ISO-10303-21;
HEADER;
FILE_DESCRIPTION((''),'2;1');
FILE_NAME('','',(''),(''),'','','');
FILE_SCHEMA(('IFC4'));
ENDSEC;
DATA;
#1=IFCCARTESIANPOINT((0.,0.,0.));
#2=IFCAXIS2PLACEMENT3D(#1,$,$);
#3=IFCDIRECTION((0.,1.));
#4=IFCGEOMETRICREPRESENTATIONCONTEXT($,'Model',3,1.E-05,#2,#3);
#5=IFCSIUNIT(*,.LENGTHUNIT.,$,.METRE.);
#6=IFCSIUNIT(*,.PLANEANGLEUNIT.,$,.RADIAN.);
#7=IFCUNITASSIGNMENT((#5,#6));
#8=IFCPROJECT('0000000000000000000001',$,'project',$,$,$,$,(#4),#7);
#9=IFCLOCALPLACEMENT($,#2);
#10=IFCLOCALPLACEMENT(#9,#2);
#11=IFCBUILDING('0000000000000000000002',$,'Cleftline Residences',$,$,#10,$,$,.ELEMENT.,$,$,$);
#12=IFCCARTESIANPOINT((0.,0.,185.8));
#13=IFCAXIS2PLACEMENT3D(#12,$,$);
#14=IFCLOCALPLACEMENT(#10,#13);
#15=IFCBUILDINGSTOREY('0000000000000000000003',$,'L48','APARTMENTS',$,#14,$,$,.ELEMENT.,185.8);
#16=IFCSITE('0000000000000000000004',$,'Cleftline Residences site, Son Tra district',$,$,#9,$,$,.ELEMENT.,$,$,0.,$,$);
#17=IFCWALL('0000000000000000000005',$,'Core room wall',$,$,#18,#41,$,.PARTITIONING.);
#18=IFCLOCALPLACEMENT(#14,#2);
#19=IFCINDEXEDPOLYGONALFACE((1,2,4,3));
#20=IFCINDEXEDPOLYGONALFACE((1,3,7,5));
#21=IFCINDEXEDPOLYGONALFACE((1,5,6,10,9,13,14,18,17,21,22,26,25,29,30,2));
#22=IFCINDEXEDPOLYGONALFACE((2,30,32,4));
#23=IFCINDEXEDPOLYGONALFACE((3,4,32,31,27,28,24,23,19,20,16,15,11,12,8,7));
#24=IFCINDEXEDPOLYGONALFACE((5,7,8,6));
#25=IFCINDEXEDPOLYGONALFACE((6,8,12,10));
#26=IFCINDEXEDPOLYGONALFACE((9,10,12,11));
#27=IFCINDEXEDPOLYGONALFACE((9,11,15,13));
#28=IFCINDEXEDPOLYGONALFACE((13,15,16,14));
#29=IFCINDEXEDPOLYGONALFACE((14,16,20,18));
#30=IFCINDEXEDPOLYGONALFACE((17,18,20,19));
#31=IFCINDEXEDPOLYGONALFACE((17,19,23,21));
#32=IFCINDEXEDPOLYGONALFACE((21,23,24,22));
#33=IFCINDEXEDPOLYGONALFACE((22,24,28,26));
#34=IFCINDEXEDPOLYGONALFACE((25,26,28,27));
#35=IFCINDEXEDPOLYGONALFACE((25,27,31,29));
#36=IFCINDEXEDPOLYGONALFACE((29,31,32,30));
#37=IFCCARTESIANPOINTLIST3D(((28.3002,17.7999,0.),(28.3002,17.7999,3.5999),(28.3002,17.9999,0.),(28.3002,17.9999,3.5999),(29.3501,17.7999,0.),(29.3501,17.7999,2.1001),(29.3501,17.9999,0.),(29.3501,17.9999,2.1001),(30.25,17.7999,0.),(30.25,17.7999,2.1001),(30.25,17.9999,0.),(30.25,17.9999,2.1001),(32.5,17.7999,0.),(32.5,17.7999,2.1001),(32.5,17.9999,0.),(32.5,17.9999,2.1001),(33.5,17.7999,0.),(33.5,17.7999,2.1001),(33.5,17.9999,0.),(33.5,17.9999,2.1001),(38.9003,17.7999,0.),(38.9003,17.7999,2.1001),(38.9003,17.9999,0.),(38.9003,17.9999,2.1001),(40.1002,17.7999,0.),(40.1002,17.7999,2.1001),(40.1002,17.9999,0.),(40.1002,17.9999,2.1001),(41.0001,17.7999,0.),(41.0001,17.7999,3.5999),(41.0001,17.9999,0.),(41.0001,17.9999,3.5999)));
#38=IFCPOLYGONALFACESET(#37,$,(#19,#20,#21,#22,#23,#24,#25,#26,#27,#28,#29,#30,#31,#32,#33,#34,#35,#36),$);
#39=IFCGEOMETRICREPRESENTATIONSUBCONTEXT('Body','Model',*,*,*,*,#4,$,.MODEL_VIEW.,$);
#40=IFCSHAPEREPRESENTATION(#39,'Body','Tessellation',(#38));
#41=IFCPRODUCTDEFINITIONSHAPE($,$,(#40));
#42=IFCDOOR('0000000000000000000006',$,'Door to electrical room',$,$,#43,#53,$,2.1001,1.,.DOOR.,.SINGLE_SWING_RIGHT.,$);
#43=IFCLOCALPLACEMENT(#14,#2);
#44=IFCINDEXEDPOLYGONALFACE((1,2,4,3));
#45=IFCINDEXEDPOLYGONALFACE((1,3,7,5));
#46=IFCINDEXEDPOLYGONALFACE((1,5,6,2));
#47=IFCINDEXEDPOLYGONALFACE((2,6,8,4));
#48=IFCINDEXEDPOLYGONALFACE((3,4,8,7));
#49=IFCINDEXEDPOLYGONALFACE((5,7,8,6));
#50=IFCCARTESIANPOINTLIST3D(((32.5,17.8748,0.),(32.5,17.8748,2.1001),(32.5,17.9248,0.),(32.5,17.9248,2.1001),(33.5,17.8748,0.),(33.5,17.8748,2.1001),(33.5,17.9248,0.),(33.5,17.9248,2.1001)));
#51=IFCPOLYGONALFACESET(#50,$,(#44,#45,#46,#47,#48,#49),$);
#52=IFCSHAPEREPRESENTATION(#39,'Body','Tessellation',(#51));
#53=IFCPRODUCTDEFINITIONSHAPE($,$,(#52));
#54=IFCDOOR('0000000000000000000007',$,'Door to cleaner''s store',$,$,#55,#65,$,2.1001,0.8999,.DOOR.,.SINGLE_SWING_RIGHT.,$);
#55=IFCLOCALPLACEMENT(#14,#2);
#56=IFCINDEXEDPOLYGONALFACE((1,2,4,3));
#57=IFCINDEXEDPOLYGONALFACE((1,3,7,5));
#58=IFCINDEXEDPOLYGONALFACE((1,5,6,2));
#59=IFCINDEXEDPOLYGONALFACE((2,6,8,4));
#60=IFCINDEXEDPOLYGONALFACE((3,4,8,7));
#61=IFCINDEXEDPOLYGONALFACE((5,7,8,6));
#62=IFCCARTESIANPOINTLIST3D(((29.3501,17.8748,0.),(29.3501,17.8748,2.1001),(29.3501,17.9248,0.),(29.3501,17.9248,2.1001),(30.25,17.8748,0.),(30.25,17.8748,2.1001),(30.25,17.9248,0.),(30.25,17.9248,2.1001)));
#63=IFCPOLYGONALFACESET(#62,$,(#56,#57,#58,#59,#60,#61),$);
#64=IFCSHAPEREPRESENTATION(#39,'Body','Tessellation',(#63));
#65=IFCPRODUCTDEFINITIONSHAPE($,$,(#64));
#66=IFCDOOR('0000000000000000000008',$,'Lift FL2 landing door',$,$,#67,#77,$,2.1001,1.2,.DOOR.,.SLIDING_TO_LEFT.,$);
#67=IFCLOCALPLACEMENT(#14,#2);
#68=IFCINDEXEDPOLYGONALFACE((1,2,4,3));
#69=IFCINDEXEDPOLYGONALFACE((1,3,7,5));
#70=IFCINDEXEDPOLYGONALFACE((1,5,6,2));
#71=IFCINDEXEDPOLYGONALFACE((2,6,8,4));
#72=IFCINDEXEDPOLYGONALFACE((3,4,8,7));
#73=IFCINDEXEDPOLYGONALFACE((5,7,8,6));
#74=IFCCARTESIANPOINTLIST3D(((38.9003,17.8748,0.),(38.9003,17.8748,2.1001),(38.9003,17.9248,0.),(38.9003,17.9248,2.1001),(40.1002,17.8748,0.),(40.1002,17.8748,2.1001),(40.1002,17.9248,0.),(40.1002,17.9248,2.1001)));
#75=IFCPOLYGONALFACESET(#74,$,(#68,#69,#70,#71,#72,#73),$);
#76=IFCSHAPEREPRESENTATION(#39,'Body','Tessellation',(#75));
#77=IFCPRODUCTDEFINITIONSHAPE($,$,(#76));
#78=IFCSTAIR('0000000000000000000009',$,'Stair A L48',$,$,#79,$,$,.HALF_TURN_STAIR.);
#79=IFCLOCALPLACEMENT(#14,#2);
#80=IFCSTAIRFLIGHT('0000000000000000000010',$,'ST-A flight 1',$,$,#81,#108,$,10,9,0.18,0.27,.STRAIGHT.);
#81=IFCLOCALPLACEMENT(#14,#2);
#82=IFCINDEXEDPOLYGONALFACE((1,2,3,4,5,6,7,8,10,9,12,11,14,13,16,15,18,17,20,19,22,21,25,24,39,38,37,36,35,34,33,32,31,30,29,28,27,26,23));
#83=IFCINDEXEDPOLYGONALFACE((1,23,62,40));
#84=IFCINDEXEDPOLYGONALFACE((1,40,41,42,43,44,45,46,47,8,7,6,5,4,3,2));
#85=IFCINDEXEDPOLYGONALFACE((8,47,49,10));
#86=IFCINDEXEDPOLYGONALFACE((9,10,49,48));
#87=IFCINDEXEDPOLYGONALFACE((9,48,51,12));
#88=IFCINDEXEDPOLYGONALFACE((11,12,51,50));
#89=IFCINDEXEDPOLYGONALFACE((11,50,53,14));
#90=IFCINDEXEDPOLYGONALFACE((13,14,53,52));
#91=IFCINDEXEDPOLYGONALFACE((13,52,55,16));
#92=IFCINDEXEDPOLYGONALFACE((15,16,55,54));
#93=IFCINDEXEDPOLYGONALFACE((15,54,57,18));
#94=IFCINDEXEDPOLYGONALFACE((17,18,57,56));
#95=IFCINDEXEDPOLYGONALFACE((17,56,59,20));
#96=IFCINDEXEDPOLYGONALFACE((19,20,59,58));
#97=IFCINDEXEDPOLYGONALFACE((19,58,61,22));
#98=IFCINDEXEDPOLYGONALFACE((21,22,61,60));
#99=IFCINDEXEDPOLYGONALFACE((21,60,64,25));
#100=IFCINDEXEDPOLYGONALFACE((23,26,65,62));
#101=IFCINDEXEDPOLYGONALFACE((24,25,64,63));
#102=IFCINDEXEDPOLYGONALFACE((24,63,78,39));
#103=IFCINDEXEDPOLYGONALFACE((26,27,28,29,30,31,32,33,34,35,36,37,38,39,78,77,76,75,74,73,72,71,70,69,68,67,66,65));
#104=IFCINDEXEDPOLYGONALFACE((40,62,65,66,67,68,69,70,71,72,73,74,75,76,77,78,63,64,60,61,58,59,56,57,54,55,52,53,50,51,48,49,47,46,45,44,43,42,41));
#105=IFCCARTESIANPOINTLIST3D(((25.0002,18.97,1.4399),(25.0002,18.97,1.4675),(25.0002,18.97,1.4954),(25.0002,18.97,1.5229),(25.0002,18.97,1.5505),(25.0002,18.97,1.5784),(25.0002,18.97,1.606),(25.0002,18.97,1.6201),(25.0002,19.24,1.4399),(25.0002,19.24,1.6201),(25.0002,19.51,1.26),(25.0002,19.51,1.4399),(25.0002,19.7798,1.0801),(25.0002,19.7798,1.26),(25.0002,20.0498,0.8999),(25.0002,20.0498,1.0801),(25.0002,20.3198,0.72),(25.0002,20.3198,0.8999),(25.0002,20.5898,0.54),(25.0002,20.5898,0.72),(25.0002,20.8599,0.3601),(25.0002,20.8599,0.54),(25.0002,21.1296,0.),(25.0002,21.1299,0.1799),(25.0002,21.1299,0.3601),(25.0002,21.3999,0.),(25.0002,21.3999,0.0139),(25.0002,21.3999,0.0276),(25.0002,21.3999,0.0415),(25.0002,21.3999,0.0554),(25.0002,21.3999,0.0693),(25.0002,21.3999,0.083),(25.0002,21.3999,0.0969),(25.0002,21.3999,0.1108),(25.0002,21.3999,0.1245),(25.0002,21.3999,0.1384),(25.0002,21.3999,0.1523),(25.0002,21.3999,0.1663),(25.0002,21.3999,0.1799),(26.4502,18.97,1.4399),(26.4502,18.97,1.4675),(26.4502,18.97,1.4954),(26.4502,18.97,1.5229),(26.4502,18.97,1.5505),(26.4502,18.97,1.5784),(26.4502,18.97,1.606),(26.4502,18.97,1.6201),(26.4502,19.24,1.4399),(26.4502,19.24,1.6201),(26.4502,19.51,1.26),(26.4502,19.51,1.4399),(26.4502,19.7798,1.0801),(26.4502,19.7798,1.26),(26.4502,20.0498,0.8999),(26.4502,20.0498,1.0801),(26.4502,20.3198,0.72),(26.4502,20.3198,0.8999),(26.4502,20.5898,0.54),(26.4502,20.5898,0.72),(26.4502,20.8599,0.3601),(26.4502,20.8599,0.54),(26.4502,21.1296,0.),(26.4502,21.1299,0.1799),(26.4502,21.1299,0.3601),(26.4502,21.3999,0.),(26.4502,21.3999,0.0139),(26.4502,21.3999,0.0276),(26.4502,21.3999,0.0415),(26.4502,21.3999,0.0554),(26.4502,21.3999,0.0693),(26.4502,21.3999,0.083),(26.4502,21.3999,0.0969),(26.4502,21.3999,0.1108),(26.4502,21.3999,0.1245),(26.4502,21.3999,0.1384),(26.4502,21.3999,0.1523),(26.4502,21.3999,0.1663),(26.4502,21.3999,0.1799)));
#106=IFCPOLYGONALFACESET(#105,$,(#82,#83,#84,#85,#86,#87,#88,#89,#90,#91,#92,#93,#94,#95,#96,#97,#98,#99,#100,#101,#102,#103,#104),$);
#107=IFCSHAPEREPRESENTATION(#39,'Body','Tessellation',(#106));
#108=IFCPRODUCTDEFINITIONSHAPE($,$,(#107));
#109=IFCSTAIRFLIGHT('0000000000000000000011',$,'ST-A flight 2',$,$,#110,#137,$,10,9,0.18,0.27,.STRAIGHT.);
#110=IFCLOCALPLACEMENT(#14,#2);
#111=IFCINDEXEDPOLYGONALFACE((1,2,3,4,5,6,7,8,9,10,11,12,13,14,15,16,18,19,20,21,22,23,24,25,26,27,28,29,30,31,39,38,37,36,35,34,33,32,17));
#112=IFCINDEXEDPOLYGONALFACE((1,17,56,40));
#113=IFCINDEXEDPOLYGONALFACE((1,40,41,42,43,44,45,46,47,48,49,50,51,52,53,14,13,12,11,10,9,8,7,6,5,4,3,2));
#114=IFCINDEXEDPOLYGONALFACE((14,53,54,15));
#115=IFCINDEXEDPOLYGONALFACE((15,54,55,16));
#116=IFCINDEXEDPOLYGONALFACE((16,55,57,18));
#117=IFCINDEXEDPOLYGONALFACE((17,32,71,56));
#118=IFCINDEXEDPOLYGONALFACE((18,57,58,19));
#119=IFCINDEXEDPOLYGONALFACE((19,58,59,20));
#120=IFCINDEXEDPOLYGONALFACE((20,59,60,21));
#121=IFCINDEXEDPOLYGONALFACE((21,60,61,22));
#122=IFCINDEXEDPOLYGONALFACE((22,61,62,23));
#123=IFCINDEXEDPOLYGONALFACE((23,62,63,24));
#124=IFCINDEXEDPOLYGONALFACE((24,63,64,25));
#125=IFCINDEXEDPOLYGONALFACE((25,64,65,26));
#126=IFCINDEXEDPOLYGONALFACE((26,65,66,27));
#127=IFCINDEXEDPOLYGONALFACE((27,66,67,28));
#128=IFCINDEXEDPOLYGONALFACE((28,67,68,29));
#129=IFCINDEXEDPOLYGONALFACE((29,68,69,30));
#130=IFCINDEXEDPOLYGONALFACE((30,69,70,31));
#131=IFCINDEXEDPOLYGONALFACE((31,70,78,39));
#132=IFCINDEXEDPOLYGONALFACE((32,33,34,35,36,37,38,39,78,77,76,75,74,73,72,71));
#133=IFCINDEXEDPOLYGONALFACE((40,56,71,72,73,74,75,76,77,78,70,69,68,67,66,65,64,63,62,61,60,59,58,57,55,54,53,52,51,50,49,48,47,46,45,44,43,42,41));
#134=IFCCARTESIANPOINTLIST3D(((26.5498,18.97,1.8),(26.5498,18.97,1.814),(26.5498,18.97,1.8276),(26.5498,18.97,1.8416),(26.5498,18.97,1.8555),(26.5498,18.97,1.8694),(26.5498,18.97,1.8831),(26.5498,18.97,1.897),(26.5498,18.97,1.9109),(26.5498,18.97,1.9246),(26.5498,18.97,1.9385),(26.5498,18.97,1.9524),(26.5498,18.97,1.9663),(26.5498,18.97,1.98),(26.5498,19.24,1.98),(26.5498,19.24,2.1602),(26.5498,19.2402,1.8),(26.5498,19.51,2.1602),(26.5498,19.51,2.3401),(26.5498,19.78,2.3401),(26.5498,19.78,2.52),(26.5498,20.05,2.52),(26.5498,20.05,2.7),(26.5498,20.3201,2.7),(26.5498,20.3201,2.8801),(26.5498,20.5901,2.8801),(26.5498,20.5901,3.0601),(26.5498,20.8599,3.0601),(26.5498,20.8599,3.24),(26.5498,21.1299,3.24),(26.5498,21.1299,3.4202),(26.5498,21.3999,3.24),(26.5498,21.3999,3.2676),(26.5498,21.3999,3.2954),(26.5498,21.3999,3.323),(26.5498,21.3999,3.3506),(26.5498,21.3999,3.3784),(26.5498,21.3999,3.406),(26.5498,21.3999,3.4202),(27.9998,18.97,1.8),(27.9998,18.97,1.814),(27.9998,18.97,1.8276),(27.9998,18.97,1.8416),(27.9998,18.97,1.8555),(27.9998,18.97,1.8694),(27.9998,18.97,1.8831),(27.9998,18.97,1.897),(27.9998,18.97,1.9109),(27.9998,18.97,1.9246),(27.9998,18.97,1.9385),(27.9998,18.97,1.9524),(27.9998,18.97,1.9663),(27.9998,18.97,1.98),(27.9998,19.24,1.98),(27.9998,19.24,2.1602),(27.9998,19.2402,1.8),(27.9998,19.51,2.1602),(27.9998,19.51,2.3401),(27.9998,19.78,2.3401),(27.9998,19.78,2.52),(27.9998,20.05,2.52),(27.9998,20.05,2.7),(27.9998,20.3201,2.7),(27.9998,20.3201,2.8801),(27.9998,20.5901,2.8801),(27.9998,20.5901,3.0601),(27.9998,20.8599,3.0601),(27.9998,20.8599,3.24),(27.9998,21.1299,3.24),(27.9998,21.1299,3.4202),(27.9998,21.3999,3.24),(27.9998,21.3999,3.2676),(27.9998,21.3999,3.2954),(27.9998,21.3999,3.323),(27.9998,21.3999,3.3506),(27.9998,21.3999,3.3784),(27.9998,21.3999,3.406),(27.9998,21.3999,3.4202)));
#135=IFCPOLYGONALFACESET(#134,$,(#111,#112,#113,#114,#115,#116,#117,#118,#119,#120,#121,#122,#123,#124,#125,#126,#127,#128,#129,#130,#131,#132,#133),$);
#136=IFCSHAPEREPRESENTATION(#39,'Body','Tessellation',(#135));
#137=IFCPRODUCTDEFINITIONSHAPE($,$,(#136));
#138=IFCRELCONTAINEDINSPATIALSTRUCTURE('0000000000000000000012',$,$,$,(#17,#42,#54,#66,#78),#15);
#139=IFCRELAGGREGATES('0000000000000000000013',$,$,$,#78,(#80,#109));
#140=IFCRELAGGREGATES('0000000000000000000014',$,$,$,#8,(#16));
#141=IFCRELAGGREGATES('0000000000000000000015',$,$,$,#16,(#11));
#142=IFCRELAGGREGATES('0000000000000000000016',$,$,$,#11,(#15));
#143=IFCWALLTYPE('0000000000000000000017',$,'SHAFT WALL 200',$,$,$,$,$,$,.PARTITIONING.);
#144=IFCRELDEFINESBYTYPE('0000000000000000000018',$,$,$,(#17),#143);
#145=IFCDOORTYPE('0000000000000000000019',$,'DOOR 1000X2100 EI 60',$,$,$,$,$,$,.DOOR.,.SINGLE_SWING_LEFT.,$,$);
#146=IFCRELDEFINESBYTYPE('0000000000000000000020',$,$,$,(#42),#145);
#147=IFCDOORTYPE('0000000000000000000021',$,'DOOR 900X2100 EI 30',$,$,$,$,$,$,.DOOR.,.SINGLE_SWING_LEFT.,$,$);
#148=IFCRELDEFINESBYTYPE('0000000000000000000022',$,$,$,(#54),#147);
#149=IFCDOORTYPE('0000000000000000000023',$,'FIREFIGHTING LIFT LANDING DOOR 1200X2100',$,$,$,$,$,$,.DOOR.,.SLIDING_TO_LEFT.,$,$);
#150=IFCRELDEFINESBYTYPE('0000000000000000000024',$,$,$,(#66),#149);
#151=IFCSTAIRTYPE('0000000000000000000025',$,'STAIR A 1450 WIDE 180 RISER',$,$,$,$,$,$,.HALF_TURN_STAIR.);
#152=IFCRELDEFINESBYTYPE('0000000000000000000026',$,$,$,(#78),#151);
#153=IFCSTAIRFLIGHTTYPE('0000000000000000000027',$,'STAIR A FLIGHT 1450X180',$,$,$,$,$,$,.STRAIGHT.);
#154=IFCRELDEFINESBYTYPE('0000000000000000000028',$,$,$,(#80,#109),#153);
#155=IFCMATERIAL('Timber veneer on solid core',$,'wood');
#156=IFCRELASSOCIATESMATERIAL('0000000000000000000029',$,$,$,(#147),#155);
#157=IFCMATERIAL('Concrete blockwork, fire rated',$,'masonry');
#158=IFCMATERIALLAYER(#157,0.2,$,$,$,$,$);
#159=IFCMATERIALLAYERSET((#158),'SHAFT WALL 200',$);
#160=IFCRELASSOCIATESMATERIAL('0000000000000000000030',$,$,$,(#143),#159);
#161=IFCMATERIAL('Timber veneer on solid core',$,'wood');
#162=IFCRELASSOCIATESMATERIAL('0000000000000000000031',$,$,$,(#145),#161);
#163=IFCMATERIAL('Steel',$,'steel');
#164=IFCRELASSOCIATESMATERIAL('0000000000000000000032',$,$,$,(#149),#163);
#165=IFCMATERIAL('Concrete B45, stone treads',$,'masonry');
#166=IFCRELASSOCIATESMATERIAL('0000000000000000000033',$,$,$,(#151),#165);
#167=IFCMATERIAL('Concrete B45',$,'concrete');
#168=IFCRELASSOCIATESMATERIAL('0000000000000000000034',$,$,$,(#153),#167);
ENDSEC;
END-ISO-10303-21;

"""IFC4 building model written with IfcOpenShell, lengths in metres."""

from ifc_helpers import new_model, si_unit, direction, frame, frame_2d, origin, place, context, subcontext, project, spatial, polyline, rectangle, outline, extrude, material, layer, layer_set, type_object, element, fill, aggregate, save


model = new_model("IFC4")

# Units and contexts
model_context = context("Model", 3, precision=1e-05, world=origin(), true_north=direction((0.0, 1.0)))
body_context = subcontext(model_context, "Body", "Model", "MODEL_VIEW")
ifc_project = project(units=[si_unit("LENGTHUNIT", "METRE"), si_unit("PLANEANGLEUNIT", "RADIAN")], contexts=[model_context])

# Site, building, storey
site_placement = place(None, origin())
site = spatial("IfcSite", under=ifc_project, at=site_placement, Name="Cleftline Residences site, Son Tra district", CompositionType="ELEMENT", RefElevation=0.0)
building_placement = place(site_placement, origin())
building = spatial("IfcBuilding", under=site, at=building_placement, Name="Cleftline Residences", CompositionType="ELEMENT")
storey_placement = place(building_placement, frame((0.0, 0.0, 185.8)))
storey = spatial("IfcBuildingStorey", under=building, at=storey_placement, Name="L48", Description="APARTMENTS", CompositionType="ELEMENT", Elevation=185.8)

# Shared definitions
ifc_material_1 = material(Name="Timber veneer on solid core", Category="wood")
door_type_1 = type_object("IfcDoorType", Name="DOOR 900X2100 EI 30", OperationType="SINGLE_SWING_LEFT", PredefinedType="DOOR", material=ifc_material_1)

# Wall, openings, doors
ifc_material_2 = material(Name="Concrete blockwork, fire rated", Category="masonry")
ifc_layer_1 = layer(ifc_material_2, 0.2)
ifc_layer_set_1 = layer_set([ifc_layer_1], Name="SHAFT WALL 200")
wall_type_1 = type_object("IfcWallType", Name="SHAFT WALL 200", PredefinedType="PARTITIONING", material=ifc_layer_set_1)
wall_1_placement = place(storey_placement, frame((28.3, 17.8999, 0.0), z_axis=(0.0, 0.0, 1.0), x_axis=(1.0, 0.0, 0.0)))
wall_1 = element("IfcWall", 1, at=wall_1_placement, inside=storey, type_object=wall_type_1, Name="Core room wall", PredefinedType="PARTITIONING", context=body_context, shape_type="SweptSolid", body=[
    extrude(rectangle(XDim=12.7, YDim=0.2, at=frame_2d((6.3501, 0.0))), origin(), (0.0, 0.0, 1.0), 3.5999),
])
opening_1_placement = place(wall_1_placement, frame((1.05, 0.0, 0.0)))
opening_1 = element("IfcOpeningElement", 2, at=opening_1_placement, cuts=wall_1, PredefinedType="OPENING", context=body_context, shape_type="SweptSolid", body=[
    extrude(rectangle(XDim=0.8999, YDim=2.1001, at=frame_2d((0.45, 1.05))), frame((0.0, 0.1099, 0.0), z_axis=(0.0, -1.0, 0.0), x_axis=(1.0, 0.0, 0.0)), (0.0, 0.0, 1.0), 0.22),
])
opening_2_placement = place(wall_1_placement, frame((4.2, 0.0, 0.0)))
opening_2 = element("IfcOpeningElement", 3, at=opening_2_placement, cuts=wall_1, PredefinedType="OPENING", context=body_context, shape_type="SweptSolid", body=[
    extrude(rectangle(XDim=1.0, YDim=2.1001, at=frame_2d((0.5, 1.05))), frame((0.0, 0.1099, 0.0), z_axis=(0.0, -1.0, 0.0), x_axis=(1.0, 0.0, 0.0)), (0.0, 0.0, 1.0), 0.22),
])
opening_3_placement = place(wall_1_placement, frame((10.6001, 0.0, 0.0)))
opening_3 = element("IfcOpeningElement", 4, at=opening_3_placement, cuts=wall_1, PredefinedType="OPENING", context=body_context, shape_type="SweptSolid", body=[
    extrude(rectangle(XDim=1.2, YDim=2.1001, at=frame_2d((0.6001, 1.05))), frame((0.0, 0.1099, 0.0), z_axis=(0.0, -1.0, 0.0), x_axis=(1.0, 0.0, 0.0)), (0.0, 0.0, 1.0), 0.22),
])
ifc_material_3 = material(Name="Timber veneer on solid core", Category="wood")
door_type_2 = type_object("IfcDoorType", Name="DOOR 1000X2100 EI 60", OperationType="SINGLE_SWING_LEFT", PredefinedType="DOOR", material=ifc_material_3)
door_1_placement = place(opening_2_placement, origin())
door_1 = element("IfcDoor", 5, at=door_1_placement, inside=storey, type_object=door_type_2, Name="Door to electrical room", OperationType="SINGLE_SWING_RIGHT", OverallHeight=2.1001, OverallWidth=1.0, PredefinedType="DOOR", context=body_context, shape_type="SweptSolid", body=[
    extrude(rectangle(XDim=1.0, YDim=2.1001, at=frame_2d((0.5, 1.05))), frame((0.0, 0.0249, 0.0), z_axis=(0.0, -1.0, 0.0), x_axis=(1.0, 0.0, 0.0)), (0.0, 0.0, 1.0), 0.05),
])
fill(opening_2, door_1)
door_2_placement = place(opening_1_placement, origin())
door_2 = element("IfcDoor", 6, at=door_2_placement, inside=storey, type_object=door_type_1, Name="Door to cleaner's store", OperationType="SINGLE_SWING_RIGHT", OverallHeight=2.1001, OverallWidth=0.8999, PredefinedType="DOOR", context=body_context, shape_type="SweptSolid", body=[
    extrude(rectangle(XDim=0.8999, YDim=2.1001, at=frame_2d((0.45, 1.05))), frame((0.0, 0.0249, 0.0), z_axis=(0.0, -1.0, 0.0), x_axis=(1.0, 0.0, 0.0)), (0.0, 0.0, 1.0), 0.05),
])
fill(opening_1, door_2)
ifc_material_4 = material(Name="Steel", Category="steel")
door_type_3 = type_object("IfcDoorType", Name="FIREFIGHTING LIFT LANDING DOOR 1200X2100", OperationType="SLIDING_TO_LEFT", PredefinedType="DOOR", material=ifc_material_4)
door_3_placement = place(opening_3_placement, origin())
door_3 = element("IfcDoor", 7, at=door_3_placement, inside=storey, type_object=door_type_3, Name="Lift FL2 landing door", OperationType="SLIDING_TO_LEFT", OverallHeight=2.1001, OverallWidth=1.2, PredefinedType="DOOR", context=body_context, shape_type="SweptSolid", body=[
    extrude(rectangle(XDim=1.2, YDim=2.1001, at=frame_2d((0.6001, 1.05))), frame((0.0, 0.0249, 0.0), z_axis=(0.0, -1.0, 0.0), x_axis=(1.0, 0.0, 0.0)), (0.0, 0.0, 1.0), 0.05),
])
fill(opening_3, door_3)

# Stair, stair flights
ifc_material_5 = material(Name="Concrete B45, stone treads", Category="masonry")
stair_type = type_object("IfcStairType", Name="STAIR A 1450 WIDE 180 RISER", PredefinedType="HALF_TURN_STAIR", material=ifc_material_5)
stair_placement = place(storey_placement, origin())
stair = element("IfcStair", 8, at=stair_placement, inside=storey, type_object=stair_type, Name="Stair A L48", PredefinedType="HALF_TURN_STAIR")
ifc_material_6 = material(Name="Concrete B45", Category="concrete")
stair_flight_type = type_object("IfcStairFlightType", Name="STAIR A FLIGHT 1450X180", PredefinedType="STRAIGHT", material=ifc_material_6)
stair_flight_1_placement = place(storey_placement, frame((25.7251, 21.3999, 0.0), z_axis=(0.0, 0.0, 1.0), x_axis=(0.0, -1.0, 0.0)))
stair_flight_1 = element("IfcStairFlight", 9, at=stair_flight_1_placement, type_object=stair_flight_type, Name="ST-A flight 1", NumberOfRisers=10, NumberOfTreads=9, PredefinedType="STRAIGHT", RiserHeight=0.18, TreadLength=0.27, context=body_context, shape_type="SweptSolid", body=[
    extrude(outline(polyline([(0.0, 0.0), (0.0, 0.0139), (0.0, 0.0276), (0.0, 0.0415), (0.0, 0.0554), (0.0, 0.0693), (0.0, 0.083), (0.0, 0.0969), (0.0, 0.1108), (0.0, 0.1245), (0.0, 0.1384), (0.0, 0.1523), (0.0, 0.1663), (0.0, 0.1799), (0.27, 0.1799), (0.27, 0.3601), (0.54, 0.3601), (0.54, 0.54), (0.8101, 0.54), (0.8101, 0.72), (1.0801, 0.72), (1.0801, 0.8999), (1.3501, 0.8999), (1.3501, 1.0801), (1.6201, 1.0801), (1.6201, 1.26), (1.8899, 1.26), (1.8899, 1.4399), (2.1599, 1.4399), (2.1599, 1.6201), (2.4299, 1.6201), (2.4299, 1.8), (2.4299, 1.7722), (2.4299, 1.7446), (2.4299, 1.7168), (2.4299, 1.6892), (2.4299, 1.6614), (2.4299, 1.6338), (2.4299, 1.606), (2.4299, 1.5784), (2.4299, 1.5505), (2.4299, 1.5229), (2.4299, 1.4954), (2.4299, 1.4675), (2.4299, 1.4399), (0.2703, 0.0), (0.0, 0.0)])), frame((0.0, 0.7251, 0.0), z_axis=(0.0, -1.0, 0.0), x_axis=(1.0, 0.0, 0.0)), (0.0, 0.0, 1.0), 1.45),
])
stair_flight_2_placement = place(storey_placement, frame((27.2749, 18.97, 1.8), z_axis=(0.0, 0.0, 1.0), x_axis=(0.0, 1.0, 0.0)))
stair_flight_2 = element("IfcStairFlight", 10, at=stair_flight_2_placement, type_object=stair_flight_type, Name="ST-A flight 2", NumberOfRisers=10, NumberOfTreads=9, PredefinedType="STRAIGHT", RiserHeight=0.18, TreadLength=0.27, context=body_context, shape_type="SweptSolid", body=[
    extrude(outline(polyline([(0.0, 0.0), (0.0, 0.0139), (0.0, 0.0276), (0.0, 0.0415), (0.0, 0.0554), (0.0, 0.0693), (0.0, 0.083), (0.0, 0.0969), (0.0, 0.1108), (0.0, 0.1245), (0.0, 0.1384), (0.0, 0.1523), (0.0, 0.1663), (0.0, 0.1799), (0.27, 0.1799), (0.27, 0.3601), (0.54, 0.3601), (0.54, 0.54), (0.8101, 0.54), (0.8101, 0.72), (1.0801, 0.72), (1.0801, 0.8999), (1.3501, 0.8999), (1.3501, 1.0801), (1.6201, 1.0801), (1.6201, 1.26), (1.8899, 1.26), (1.8899, 1.4399), (2.1599, 1.4399), (2.1599, 1.6201), (2.4299, 1.6201), (2.4299, 1.8), (2.4299, 1.7722), (2.4299, 1.7446), (2.4299, 1.7168), (2.4299, 1.6892), (2.4299, 1.6614), (2.4299, 1.6338), (2.4299, 1.606), (2.4299, 1.5784), (2.4299, 1.5505), (2.4299, 1.5229), (2.4299, 1.4954), (2.4299, 1.4675), (2.4299, 1.4399), (0.2703, 0.0), (0.0, 0.0)])), frame((0.0, 0.7251, 0.0), z_axis=(0.0, -1.0, 0.0), x_axis=(1.0, 0.0, 0.0)), (0.0, 0.0, 1.0), 1.45),
])
aggregate(stair, [stair_flight_1, stair_flight_2])

save(model, "model.ifc")
